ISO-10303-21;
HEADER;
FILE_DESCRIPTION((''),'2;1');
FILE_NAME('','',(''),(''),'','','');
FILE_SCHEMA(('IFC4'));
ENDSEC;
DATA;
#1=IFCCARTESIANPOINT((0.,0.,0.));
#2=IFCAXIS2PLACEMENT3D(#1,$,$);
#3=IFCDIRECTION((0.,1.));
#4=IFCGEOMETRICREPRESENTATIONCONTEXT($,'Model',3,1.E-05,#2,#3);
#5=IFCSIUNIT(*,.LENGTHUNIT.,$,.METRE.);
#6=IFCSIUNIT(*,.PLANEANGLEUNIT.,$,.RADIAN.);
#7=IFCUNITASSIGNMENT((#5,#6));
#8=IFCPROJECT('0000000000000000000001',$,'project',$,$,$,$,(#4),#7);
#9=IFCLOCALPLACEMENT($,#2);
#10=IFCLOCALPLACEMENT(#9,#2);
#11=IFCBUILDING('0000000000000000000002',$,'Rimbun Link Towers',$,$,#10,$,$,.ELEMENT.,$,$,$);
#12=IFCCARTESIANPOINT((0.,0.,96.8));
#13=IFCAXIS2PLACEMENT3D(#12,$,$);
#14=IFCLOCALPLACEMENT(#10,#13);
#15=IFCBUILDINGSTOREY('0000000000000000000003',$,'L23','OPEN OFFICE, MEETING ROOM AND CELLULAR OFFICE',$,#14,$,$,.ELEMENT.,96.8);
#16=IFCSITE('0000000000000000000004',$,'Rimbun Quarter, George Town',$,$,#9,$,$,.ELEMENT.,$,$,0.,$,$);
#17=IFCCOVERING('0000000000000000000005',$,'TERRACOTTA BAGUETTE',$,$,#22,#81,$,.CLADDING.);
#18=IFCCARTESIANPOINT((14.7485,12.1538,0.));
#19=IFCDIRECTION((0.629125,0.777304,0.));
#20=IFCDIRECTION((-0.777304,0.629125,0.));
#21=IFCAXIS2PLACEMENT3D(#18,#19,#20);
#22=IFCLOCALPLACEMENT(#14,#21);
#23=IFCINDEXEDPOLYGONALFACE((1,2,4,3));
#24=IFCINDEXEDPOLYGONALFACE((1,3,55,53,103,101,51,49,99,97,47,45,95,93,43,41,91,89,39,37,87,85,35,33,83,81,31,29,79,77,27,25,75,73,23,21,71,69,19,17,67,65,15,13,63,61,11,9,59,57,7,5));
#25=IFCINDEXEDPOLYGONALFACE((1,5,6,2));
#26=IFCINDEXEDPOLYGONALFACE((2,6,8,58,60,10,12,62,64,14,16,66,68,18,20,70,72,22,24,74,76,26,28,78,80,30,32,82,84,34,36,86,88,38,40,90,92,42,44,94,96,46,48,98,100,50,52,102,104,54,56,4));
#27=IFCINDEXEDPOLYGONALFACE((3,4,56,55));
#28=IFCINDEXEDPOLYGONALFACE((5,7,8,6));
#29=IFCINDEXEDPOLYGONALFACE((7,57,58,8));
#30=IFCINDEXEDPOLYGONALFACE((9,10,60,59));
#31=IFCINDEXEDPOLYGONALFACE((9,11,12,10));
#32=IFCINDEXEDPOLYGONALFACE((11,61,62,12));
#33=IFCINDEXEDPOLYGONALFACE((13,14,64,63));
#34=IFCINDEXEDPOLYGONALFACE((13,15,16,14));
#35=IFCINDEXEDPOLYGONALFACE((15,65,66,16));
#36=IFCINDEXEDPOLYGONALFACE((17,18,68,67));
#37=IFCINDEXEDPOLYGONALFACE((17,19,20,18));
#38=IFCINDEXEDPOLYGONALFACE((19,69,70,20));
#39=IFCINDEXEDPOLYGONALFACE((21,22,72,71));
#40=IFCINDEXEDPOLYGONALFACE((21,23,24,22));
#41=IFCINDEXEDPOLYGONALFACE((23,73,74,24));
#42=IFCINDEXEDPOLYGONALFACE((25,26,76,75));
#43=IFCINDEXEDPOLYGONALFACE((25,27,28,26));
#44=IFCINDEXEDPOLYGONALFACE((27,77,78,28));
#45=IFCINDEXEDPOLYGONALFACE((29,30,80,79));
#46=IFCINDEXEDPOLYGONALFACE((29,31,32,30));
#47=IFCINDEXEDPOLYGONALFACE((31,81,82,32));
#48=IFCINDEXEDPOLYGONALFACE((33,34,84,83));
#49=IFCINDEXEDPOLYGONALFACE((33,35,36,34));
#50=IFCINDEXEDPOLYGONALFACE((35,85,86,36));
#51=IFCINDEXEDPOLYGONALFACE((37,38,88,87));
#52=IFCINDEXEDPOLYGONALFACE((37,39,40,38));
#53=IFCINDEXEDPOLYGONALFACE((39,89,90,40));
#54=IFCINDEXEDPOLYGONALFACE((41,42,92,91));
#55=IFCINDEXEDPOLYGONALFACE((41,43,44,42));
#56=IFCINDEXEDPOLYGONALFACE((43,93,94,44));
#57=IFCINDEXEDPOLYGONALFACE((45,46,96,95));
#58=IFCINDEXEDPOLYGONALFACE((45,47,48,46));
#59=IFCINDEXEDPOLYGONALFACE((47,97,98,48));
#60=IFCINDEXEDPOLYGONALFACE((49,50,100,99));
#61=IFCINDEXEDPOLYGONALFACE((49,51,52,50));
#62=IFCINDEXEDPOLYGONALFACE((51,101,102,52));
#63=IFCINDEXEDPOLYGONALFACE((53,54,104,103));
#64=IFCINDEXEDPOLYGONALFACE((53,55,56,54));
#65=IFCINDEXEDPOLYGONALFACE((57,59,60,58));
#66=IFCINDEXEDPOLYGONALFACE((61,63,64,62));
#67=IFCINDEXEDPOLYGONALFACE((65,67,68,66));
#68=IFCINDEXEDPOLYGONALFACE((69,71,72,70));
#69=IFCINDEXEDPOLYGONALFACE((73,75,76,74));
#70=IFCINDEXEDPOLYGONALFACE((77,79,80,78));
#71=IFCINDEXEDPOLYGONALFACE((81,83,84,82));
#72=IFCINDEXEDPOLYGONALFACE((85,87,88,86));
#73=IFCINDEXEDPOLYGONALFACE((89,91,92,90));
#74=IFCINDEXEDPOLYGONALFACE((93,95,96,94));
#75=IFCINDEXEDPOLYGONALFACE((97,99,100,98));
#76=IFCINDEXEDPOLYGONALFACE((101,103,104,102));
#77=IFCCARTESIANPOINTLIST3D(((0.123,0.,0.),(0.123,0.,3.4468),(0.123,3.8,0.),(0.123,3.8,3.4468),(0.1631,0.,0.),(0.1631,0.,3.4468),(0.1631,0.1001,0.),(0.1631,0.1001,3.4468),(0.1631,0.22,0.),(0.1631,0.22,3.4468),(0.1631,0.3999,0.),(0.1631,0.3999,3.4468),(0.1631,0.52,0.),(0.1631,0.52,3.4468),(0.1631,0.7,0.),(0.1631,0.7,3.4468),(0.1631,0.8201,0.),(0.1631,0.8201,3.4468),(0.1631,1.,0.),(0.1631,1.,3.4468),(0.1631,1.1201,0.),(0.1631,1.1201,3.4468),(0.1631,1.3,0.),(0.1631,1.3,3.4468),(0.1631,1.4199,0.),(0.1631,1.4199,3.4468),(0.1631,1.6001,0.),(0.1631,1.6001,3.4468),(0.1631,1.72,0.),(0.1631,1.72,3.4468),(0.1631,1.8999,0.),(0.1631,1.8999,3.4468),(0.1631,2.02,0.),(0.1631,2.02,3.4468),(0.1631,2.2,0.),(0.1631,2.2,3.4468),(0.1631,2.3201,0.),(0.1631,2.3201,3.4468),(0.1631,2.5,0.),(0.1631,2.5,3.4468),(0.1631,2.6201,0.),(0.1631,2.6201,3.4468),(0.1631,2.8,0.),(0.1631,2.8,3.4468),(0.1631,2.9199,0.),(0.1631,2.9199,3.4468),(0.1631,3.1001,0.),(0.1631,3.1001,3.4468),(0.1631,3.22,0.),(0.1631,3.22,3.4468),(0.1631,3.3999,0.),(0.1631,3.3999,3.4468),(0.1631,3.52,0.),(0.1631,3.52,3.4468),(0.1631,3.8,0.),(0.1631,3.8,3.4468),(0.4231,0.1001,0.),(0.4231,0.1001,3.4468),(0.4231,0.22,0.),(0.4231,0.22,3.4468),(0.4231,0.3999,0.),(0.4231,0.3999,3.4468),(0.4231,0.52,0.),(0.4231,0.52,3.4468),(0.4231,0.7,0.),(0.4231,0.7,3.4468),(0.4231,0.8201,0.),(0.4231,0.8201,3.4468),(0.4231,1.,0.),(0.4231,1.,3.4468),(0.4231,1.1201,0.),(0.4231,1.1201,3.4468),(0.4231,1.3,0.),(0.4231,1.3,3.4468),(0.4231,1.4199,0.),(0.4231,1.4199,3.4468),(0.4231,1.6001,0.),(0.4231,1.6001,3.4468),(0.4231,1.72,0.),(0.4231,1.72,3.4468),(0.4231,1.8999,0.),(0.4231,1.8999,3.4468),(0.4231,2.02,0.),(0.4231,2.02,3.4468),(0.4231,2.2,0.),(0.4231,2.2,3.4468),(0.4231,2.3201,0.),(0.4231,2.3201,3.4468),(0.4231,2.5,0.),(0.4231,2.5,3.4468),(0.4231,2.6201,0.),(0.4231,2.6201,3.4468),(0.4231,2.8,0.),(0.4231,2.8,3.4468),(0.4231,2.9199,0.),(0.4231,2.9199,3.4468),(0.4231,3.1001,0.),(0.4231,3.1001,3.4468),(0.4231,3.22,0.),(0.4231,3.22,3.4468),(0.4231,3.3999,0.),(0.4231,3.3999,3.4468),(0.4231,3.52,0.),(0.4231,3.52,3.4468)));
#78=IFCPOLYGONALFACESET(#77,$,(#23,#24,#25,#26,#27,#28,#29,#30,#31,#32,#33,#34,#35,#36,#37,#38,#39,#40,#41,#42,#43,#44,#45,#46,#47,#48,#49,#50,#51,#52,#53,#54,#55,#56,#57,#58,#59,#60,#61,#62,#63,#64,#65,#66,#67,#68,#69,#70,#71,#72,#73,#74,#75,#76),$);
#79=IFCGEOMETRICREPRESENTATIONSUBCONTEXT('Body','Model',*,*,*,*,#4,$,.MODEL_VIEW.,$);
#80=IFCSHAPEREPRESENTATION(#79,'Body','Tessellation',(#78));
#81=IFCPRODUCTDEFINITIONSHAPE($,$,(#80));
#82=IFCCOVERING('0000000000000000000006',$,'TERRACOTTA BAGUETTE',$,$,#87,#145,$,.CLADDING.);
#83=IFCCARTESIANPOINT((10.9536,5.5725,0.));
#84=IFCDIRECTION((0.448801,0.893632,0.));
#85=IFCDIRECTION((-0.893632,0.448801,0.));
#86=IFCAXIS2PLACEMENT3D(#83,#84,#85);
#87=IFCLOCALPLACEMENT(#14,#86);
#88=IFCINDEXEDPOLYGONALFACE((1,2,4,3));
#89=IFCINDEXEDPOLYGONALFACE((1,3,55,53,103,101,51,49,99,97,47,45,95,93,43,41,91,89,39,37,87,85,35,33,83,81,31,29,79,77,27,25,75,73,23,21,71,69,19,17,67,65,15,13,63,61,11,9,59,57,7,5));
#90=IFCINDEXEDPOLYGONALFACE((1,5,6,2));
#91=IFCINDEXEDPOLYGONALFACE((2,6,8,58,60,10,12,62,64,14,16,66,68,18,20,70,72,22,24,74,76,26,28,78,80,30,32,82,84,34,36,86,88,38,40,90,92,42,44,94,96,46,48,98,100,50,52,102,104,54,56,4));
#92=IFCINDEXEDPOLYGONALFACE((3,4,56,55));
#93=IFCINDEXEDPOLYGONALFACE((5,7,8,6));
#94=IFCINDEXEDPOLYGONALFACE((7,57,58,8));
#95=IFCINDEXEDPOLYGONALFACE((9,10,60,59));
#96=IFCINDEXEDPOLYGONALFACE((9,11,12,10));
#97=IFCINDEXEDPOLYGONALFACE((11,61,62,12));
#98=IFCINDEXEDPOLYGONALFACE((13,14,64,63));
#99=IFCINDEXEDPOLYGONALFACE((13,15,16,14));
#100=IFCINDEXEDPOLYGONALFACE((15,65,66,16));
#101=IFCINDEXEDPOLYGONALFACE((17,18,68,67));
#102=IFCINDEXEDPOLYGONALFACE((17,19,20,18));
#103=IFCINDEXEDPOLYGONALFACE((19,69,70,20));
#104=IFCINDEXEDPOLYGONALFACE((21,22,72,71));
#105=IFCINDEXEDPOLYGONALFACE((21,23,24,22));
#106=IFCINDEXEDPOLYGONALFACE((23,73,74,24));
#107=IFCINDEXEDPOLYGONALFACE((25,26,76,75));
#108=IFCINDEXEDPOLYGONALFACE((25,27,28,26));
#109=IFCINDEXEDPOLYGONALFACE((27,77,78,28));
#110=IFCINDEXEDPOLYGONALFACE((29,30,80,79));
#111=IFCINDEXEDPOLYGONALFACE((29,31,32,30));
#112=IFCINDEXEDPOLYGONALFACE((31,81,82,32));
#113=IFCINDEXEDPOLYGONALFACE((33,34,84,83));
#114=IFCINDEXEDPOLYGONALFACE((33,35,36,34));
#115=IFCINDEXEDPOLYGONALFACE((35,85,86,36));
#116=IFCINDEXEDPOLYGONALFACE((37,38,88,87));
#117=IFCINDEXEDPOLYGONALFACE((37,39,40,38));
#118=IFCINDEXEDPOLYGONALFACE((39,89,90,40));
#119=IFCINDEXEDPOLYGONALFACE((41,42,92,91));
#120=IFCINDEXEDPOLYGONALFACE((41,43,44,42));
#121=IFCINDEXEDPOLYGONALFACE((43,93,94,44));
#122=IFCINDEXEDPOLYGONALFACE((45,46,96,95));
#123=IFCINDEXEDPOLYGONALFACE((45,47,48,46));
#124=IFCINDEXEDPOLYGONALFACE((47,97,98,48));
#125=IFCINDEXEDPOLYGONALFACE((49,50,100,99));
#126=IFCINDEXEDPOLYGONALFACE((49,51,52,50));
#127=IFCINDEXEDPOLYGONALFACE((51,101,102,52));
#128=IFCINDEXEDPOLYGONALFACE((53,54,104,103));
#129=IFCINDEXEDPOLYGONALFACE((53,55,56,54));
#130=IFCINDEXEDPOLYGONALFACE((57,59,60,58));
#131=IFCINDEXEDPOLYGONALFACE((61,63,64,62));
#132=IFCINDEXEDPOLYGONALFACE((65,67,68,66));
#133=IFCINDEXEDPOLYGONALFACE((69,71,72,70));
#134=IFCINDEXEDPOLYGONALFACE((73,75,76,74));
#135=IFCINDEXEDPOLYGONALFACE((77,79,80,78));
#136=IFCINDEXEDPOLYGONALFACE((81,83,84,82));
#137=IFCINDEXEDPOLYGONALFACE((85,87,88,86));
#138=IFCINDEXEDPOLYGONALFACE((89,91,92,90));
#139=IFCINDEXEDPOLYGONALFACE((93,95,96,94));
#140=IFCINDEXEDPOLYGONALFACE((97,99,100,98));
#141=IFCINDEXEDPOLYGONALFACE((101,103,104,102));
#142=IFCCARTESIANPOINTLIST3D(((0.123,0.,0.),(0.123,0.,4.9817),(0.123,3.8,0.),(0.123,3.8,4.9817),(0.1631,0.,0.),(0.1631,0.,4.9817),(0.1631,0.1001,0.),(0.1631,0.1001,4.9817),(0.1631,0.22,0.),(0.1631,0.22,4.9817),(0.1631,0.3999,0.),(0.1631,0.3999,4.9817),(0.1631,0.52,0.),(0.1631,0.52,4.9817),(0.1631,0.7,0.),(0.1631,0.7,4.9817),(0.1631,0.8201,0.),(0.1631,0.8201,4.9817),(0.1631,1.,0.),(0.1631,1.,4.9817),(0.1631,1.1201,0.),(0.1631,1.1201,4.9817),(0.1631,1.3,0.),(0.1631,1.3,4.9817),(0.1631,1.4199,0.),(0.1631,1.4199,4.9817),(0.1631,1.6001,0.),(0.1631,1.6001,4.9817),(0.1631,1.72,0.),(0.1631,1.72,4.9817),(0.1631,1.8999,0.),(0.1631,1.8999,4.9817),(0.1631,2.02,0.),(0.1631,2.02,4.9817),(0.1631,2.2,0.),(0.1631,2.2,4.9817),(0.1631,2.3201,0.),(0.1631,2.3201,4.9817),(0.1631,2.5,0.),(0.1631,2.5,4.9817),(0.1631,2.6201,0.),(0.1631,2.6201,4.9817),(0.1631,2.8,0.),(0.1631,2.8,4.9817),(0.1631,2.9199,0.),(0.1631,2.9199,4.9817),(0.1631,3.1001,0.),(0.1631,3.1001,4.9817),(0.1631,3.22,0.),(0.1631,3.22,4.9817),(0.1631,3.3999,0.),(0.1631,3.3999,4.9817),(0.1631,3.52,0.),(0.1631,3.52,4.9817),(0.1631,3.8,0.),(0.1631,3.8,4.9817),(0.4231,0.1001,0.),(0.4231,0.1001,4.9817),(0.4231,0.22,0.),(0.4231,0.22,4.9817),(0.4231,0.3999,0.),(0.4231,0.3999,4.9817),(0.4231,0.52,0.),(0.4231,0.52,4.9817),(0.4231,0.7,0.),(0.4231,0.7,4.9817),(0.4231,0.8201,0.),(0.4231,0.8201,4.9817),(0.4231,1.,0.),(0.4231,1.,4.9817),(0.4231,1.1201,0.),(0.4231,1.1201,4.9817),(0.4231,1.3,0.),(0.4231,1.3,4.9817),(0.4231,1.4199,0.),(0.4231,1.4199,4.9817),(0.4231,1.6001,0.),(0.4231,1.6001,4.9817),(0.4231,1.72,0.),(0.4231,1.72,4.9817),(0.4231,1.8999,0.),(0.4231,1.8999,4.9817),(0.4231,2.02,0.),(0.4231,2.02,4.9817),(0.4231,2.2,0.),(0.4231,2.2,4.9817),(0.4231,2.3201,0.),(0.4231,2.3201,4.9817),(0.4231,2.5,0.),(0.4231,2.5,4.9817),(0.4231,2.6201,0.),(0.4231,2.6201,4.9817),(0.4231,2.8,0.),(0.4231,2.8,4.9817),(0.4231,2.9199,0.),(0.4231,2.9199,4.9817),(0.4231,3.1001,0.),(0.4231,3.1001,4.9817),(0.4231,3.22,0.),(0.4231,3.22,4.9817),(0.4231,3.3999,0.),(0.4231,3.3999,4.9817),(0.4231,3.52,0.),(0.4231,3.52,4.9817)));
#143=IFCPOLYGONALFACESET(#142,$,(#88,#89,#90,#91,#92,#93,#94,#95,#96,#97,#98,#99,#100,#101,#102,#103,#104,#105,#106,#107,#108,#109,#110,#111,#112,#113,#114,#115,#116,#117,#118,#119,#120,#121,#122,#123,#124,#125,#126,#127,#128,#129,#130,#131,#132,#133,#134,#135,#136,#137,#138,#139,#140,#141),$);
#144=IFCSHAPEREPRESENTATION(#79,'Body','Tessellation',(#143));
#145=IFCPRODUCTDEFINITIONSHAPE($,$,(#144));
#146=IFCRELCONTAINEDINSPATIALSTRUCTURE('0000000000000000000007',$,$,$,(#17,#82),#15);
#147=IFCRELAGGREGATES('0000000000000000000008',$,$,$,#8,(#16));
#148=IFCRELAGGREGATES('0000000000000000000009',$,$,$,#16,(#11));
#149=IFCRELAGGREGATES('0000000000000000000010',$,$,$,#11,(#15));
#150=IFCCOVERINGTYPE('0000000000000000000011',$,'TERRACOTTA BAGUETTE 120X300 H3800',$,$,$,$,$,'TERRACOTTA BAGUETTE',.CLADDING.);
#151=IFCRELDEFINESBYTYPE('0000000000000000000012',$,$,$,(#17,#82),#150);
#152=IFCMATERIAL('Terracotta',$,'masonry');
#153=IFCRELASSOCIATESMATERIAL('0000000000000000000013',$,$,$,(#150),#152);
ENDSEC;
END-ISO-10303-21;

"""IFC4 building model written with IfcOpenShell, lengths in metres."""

from ifc_helpers import new_model, si_unit, direction, frame, origin, place, context, subcontext, project, spatial, polyline, outline, extrude, material, material_profile, profile_set, type_object, element, save


model = new_model("IFC4")

# Units and contexts
model_context = context("Model", 3, precision=1e-05, world=origin(), true_north=direction((0.0, 1.0)))
body_context = subcontext(model_context, "Body", "Model", "MODEL_VIEW")
ifc_project = project(units=[si_unit("LENGTHUNIT", "METRE"), si_unit("PLANEANGLEUNIT", "RADIAN")], contexts=[model_context])

# Site, building, storey
site_placement = place(None, origin())
site = spatial("IfcSite", under=ifc_project, at=site_placement, Name="Rimbun Quarter, George Town", CompositionType="ELEMENT", RefElevation=0.0)
building_placement = place(site_placement, origin())
building = spatial("IfcBuilding", under=site, at=building_placement, Name="Rimbun Link Towers", CompositionType="ELEMENT")
storey_placement = place(building_placement, frame((0.0, 0.0, 96.8)))
storey = spatial("IfcBuildingStorey", under=building, at=storey_placement, Name="L23", Description="OPEN OFFICE, MEETING ROOM AND CELLULAR OFFICE", CompositionType="ELEMENT", Elevation=96.8)

# Coverings
ifc_material_1 = material(Name="Terracotta", Category="masonry")
ifc_material_profile_1 = material_profile(ifc_material_1, outline(polyline([(0.123, 0.0), (0.1631, 0.0), (0.1631, 0.1001), (0.4231, 0.1001), (0.4231, 0.22), (0.1631, 0.22), (0.1631, 0.3999), (0.4231, 0.3999), (0.4231, 0.52), (0.1631, 0.52), (0.1631, 0.7), (0.4231, 0.7), (0.4231, 0.8201), (0.1631, 0.8201), (0.1631, 1.0), (0.4231, 1.0), (0.4231, 1.1201), (0.1631, 1.1201), (0.1631, 1.3), (0.4231, 1.3), (0.4231, 1.4199), (0.1631, 1.4199), (0.1631, 1.6001), (0.4231, 1.6001), (0.4231, 1.72), (0.1631, 1.72), (0.1631, 1.8999), (0.4231, 1.8999), (0.4231, 2.02), (0.1631, 2.02), (0.1631, 2.2), (0.4231, 2.2), (0.4231, 2.3201), (0.1631, 2.3201), (0.1631, 2.5), (0.4231, 2.5), (0.4231, 2.6201), (0.1631, 2.6201), (0.1631, 2.8), (0.4231, 2.8), (0.4231, 2.9199), (0.1631, 2.9199), (0.1631, 3.1001), (0.4231, 3.1001), (0.4231, 3.22), (0.1631, 3.22), (0.1631, 3.3999), (0.4231, 3.3999), (0.4231, 3.52), (0.1631, 3.52), (0.1631, 3.8), (0.123, 3.8), (0.123, 0.0)])), Name="BAGUETTE 120X300")
ifc_profile_set_1 = profile_set([ifc_material_profile_1], Name="Terracotta")
covering_type_1 = type_object("IfcCoveringType", Name="TERRACOTTA BAGUETTE 120X300 H3800", ElementType="TERRACOTTA BAGUETTE", PredefinedType="CLADDING", material=ifc_profile_set_1)
covering_1_placement = place(storey_placement, frame((14.7485, 12.1538, 0.0), z_axis=(0.629125, 0.777304, 0.0), x_axis=(-0.777304, 0.629125, 0.0)))
element("IfcCovering", 1, at=covering_1_placement, inside=storey, type_object=covering_type_1, Name="TERRACOTTA BAGUETTE", PredefinedType="CLADDING", context=body_context, shape_type="SweptSolid", body=[
    extrude(outline(polyline([(0.123, 0.0), (0.1631, 0.0), (0.1631, 0.1001), (0.4231, 0.1001), (0.4231, 0.22), (0.1631, 0.22), (0.1631, 0.3999), (0.4231, 0.3999), (0.4231, 0.52), (0.1631, 0.52), (0.1631, 0.7), (0.4231, 0.7), (0.4231, 0.8201), (0.1631, 0.8201), (0.1631, 1.0), (0.4231, 1.0), (0.4231, 1.1201), (0.1631, 1.1201), (0.1631, 1.3), (0.4231, 1.3), (0.4231, 1.4199), (0.1631, 1.4199), (0.1631, 1.6001), (0.4231, 1.6001), (0.4231, 1.72), (0.1631, 1.72), (0.1631, 1.8999), (0.4231, 1.8999), (0.4231, 2.02), (0.1631, 2.02), (0.1631, 2.2), (0.4231, 2.2), (0.4231, 2.3201), (0.1631, 2.3201), (0.1631, 2.5), (0.4231, 2.5), (0.4231, 2.6201), (0.1631, 2.6201), (0.1631, 2.8), (0.4231, 2.8), (0.4231, 2.9199), (0.1631, 2.9199), (0.1631, 3.1001), (0.4231, 3.1001), (0.4231, 3.22), (0.1631, 3.22), (0.1631, 3.3999), (0.4231, 3.3999), (0.4231, 3.52), (0.1631, 3.52), (0.1631, 3.8), (0.123, 3.8), (0.123, 0.0)])), origin(), (0.0, 0.0, 1.0), 3.4468),
])
covering_2_placement = place(storey_placement, frame((10.9536, 5.5725, 0.0), z_axis=(0.448801, 0.893632, 0.0), x_axis=(-0.893632, 0.448801, 0.0)))
element("IfcCovering", 2, at=covering_2_placement, inside=storey, type_object=covering_type_1, Name="TERRACOTTA BAGUETTE", PredefinedType="CLADDING", context=body_context, shape_type="SweptSolid", body=[
    extrude(outline(polyline([(0.123, 0.0), (0.1631, 0.0), (0.1631, 0.1001), (0.4231, 0.1001), (0.4231, 0.22), (0.1631, 0.22), (0.1631, 0.3999), (0.4231, 0.3999), (0.4231, 0.52), (0.1631, 0.52), (0.1631, 0.7), (0.4231, 0.7), (0.4231, 0.8201), (0.1631, 0.8201), (0.1631, 1.0), (0.4231, 1.0), (0.4231, 1.1201), (0.1631, 1.1201), (0.1631, 1.3), (0.4231, 1.3), (0.4231, 1.4199), (0.1631, 1.4199), (0.1631, 1.6001), (0.4231, 1.6001), (0.4231, 1.72), (0.1631, 1.72), (0.1631, 1.8999), (0.4231, 1.8999), (0.4231, 2.02), (0.1631, 2.02), (0.1631, 2.2), (0.4231, 2.2), (0.4231, 2.3201), (0.1631, 2.3201), (0.1631, 2.5), (0.4231, 2.5), (0.4231, 2.6201), (0.1631, 2.6201), (0.1631, 2.8), (0.4231, 2.8), (0.4231, 2.9199), (0.1631, 2.9199), (0.1631, 3.1001), (0.4231, 3.1001), (0.4231, 3.22), (0.1631, 3.22), (0.1631, 3.3999), (0.4231, 3.3999), (0.4231, 3.52), (0.1631, 3.52), (0.1631, 3.8), (0.123, 3.8), (0.123, 0.0)])), origin(), (0.0, 0.0, 1.0), 4.9817),
])

save(model, "model.ifc")
